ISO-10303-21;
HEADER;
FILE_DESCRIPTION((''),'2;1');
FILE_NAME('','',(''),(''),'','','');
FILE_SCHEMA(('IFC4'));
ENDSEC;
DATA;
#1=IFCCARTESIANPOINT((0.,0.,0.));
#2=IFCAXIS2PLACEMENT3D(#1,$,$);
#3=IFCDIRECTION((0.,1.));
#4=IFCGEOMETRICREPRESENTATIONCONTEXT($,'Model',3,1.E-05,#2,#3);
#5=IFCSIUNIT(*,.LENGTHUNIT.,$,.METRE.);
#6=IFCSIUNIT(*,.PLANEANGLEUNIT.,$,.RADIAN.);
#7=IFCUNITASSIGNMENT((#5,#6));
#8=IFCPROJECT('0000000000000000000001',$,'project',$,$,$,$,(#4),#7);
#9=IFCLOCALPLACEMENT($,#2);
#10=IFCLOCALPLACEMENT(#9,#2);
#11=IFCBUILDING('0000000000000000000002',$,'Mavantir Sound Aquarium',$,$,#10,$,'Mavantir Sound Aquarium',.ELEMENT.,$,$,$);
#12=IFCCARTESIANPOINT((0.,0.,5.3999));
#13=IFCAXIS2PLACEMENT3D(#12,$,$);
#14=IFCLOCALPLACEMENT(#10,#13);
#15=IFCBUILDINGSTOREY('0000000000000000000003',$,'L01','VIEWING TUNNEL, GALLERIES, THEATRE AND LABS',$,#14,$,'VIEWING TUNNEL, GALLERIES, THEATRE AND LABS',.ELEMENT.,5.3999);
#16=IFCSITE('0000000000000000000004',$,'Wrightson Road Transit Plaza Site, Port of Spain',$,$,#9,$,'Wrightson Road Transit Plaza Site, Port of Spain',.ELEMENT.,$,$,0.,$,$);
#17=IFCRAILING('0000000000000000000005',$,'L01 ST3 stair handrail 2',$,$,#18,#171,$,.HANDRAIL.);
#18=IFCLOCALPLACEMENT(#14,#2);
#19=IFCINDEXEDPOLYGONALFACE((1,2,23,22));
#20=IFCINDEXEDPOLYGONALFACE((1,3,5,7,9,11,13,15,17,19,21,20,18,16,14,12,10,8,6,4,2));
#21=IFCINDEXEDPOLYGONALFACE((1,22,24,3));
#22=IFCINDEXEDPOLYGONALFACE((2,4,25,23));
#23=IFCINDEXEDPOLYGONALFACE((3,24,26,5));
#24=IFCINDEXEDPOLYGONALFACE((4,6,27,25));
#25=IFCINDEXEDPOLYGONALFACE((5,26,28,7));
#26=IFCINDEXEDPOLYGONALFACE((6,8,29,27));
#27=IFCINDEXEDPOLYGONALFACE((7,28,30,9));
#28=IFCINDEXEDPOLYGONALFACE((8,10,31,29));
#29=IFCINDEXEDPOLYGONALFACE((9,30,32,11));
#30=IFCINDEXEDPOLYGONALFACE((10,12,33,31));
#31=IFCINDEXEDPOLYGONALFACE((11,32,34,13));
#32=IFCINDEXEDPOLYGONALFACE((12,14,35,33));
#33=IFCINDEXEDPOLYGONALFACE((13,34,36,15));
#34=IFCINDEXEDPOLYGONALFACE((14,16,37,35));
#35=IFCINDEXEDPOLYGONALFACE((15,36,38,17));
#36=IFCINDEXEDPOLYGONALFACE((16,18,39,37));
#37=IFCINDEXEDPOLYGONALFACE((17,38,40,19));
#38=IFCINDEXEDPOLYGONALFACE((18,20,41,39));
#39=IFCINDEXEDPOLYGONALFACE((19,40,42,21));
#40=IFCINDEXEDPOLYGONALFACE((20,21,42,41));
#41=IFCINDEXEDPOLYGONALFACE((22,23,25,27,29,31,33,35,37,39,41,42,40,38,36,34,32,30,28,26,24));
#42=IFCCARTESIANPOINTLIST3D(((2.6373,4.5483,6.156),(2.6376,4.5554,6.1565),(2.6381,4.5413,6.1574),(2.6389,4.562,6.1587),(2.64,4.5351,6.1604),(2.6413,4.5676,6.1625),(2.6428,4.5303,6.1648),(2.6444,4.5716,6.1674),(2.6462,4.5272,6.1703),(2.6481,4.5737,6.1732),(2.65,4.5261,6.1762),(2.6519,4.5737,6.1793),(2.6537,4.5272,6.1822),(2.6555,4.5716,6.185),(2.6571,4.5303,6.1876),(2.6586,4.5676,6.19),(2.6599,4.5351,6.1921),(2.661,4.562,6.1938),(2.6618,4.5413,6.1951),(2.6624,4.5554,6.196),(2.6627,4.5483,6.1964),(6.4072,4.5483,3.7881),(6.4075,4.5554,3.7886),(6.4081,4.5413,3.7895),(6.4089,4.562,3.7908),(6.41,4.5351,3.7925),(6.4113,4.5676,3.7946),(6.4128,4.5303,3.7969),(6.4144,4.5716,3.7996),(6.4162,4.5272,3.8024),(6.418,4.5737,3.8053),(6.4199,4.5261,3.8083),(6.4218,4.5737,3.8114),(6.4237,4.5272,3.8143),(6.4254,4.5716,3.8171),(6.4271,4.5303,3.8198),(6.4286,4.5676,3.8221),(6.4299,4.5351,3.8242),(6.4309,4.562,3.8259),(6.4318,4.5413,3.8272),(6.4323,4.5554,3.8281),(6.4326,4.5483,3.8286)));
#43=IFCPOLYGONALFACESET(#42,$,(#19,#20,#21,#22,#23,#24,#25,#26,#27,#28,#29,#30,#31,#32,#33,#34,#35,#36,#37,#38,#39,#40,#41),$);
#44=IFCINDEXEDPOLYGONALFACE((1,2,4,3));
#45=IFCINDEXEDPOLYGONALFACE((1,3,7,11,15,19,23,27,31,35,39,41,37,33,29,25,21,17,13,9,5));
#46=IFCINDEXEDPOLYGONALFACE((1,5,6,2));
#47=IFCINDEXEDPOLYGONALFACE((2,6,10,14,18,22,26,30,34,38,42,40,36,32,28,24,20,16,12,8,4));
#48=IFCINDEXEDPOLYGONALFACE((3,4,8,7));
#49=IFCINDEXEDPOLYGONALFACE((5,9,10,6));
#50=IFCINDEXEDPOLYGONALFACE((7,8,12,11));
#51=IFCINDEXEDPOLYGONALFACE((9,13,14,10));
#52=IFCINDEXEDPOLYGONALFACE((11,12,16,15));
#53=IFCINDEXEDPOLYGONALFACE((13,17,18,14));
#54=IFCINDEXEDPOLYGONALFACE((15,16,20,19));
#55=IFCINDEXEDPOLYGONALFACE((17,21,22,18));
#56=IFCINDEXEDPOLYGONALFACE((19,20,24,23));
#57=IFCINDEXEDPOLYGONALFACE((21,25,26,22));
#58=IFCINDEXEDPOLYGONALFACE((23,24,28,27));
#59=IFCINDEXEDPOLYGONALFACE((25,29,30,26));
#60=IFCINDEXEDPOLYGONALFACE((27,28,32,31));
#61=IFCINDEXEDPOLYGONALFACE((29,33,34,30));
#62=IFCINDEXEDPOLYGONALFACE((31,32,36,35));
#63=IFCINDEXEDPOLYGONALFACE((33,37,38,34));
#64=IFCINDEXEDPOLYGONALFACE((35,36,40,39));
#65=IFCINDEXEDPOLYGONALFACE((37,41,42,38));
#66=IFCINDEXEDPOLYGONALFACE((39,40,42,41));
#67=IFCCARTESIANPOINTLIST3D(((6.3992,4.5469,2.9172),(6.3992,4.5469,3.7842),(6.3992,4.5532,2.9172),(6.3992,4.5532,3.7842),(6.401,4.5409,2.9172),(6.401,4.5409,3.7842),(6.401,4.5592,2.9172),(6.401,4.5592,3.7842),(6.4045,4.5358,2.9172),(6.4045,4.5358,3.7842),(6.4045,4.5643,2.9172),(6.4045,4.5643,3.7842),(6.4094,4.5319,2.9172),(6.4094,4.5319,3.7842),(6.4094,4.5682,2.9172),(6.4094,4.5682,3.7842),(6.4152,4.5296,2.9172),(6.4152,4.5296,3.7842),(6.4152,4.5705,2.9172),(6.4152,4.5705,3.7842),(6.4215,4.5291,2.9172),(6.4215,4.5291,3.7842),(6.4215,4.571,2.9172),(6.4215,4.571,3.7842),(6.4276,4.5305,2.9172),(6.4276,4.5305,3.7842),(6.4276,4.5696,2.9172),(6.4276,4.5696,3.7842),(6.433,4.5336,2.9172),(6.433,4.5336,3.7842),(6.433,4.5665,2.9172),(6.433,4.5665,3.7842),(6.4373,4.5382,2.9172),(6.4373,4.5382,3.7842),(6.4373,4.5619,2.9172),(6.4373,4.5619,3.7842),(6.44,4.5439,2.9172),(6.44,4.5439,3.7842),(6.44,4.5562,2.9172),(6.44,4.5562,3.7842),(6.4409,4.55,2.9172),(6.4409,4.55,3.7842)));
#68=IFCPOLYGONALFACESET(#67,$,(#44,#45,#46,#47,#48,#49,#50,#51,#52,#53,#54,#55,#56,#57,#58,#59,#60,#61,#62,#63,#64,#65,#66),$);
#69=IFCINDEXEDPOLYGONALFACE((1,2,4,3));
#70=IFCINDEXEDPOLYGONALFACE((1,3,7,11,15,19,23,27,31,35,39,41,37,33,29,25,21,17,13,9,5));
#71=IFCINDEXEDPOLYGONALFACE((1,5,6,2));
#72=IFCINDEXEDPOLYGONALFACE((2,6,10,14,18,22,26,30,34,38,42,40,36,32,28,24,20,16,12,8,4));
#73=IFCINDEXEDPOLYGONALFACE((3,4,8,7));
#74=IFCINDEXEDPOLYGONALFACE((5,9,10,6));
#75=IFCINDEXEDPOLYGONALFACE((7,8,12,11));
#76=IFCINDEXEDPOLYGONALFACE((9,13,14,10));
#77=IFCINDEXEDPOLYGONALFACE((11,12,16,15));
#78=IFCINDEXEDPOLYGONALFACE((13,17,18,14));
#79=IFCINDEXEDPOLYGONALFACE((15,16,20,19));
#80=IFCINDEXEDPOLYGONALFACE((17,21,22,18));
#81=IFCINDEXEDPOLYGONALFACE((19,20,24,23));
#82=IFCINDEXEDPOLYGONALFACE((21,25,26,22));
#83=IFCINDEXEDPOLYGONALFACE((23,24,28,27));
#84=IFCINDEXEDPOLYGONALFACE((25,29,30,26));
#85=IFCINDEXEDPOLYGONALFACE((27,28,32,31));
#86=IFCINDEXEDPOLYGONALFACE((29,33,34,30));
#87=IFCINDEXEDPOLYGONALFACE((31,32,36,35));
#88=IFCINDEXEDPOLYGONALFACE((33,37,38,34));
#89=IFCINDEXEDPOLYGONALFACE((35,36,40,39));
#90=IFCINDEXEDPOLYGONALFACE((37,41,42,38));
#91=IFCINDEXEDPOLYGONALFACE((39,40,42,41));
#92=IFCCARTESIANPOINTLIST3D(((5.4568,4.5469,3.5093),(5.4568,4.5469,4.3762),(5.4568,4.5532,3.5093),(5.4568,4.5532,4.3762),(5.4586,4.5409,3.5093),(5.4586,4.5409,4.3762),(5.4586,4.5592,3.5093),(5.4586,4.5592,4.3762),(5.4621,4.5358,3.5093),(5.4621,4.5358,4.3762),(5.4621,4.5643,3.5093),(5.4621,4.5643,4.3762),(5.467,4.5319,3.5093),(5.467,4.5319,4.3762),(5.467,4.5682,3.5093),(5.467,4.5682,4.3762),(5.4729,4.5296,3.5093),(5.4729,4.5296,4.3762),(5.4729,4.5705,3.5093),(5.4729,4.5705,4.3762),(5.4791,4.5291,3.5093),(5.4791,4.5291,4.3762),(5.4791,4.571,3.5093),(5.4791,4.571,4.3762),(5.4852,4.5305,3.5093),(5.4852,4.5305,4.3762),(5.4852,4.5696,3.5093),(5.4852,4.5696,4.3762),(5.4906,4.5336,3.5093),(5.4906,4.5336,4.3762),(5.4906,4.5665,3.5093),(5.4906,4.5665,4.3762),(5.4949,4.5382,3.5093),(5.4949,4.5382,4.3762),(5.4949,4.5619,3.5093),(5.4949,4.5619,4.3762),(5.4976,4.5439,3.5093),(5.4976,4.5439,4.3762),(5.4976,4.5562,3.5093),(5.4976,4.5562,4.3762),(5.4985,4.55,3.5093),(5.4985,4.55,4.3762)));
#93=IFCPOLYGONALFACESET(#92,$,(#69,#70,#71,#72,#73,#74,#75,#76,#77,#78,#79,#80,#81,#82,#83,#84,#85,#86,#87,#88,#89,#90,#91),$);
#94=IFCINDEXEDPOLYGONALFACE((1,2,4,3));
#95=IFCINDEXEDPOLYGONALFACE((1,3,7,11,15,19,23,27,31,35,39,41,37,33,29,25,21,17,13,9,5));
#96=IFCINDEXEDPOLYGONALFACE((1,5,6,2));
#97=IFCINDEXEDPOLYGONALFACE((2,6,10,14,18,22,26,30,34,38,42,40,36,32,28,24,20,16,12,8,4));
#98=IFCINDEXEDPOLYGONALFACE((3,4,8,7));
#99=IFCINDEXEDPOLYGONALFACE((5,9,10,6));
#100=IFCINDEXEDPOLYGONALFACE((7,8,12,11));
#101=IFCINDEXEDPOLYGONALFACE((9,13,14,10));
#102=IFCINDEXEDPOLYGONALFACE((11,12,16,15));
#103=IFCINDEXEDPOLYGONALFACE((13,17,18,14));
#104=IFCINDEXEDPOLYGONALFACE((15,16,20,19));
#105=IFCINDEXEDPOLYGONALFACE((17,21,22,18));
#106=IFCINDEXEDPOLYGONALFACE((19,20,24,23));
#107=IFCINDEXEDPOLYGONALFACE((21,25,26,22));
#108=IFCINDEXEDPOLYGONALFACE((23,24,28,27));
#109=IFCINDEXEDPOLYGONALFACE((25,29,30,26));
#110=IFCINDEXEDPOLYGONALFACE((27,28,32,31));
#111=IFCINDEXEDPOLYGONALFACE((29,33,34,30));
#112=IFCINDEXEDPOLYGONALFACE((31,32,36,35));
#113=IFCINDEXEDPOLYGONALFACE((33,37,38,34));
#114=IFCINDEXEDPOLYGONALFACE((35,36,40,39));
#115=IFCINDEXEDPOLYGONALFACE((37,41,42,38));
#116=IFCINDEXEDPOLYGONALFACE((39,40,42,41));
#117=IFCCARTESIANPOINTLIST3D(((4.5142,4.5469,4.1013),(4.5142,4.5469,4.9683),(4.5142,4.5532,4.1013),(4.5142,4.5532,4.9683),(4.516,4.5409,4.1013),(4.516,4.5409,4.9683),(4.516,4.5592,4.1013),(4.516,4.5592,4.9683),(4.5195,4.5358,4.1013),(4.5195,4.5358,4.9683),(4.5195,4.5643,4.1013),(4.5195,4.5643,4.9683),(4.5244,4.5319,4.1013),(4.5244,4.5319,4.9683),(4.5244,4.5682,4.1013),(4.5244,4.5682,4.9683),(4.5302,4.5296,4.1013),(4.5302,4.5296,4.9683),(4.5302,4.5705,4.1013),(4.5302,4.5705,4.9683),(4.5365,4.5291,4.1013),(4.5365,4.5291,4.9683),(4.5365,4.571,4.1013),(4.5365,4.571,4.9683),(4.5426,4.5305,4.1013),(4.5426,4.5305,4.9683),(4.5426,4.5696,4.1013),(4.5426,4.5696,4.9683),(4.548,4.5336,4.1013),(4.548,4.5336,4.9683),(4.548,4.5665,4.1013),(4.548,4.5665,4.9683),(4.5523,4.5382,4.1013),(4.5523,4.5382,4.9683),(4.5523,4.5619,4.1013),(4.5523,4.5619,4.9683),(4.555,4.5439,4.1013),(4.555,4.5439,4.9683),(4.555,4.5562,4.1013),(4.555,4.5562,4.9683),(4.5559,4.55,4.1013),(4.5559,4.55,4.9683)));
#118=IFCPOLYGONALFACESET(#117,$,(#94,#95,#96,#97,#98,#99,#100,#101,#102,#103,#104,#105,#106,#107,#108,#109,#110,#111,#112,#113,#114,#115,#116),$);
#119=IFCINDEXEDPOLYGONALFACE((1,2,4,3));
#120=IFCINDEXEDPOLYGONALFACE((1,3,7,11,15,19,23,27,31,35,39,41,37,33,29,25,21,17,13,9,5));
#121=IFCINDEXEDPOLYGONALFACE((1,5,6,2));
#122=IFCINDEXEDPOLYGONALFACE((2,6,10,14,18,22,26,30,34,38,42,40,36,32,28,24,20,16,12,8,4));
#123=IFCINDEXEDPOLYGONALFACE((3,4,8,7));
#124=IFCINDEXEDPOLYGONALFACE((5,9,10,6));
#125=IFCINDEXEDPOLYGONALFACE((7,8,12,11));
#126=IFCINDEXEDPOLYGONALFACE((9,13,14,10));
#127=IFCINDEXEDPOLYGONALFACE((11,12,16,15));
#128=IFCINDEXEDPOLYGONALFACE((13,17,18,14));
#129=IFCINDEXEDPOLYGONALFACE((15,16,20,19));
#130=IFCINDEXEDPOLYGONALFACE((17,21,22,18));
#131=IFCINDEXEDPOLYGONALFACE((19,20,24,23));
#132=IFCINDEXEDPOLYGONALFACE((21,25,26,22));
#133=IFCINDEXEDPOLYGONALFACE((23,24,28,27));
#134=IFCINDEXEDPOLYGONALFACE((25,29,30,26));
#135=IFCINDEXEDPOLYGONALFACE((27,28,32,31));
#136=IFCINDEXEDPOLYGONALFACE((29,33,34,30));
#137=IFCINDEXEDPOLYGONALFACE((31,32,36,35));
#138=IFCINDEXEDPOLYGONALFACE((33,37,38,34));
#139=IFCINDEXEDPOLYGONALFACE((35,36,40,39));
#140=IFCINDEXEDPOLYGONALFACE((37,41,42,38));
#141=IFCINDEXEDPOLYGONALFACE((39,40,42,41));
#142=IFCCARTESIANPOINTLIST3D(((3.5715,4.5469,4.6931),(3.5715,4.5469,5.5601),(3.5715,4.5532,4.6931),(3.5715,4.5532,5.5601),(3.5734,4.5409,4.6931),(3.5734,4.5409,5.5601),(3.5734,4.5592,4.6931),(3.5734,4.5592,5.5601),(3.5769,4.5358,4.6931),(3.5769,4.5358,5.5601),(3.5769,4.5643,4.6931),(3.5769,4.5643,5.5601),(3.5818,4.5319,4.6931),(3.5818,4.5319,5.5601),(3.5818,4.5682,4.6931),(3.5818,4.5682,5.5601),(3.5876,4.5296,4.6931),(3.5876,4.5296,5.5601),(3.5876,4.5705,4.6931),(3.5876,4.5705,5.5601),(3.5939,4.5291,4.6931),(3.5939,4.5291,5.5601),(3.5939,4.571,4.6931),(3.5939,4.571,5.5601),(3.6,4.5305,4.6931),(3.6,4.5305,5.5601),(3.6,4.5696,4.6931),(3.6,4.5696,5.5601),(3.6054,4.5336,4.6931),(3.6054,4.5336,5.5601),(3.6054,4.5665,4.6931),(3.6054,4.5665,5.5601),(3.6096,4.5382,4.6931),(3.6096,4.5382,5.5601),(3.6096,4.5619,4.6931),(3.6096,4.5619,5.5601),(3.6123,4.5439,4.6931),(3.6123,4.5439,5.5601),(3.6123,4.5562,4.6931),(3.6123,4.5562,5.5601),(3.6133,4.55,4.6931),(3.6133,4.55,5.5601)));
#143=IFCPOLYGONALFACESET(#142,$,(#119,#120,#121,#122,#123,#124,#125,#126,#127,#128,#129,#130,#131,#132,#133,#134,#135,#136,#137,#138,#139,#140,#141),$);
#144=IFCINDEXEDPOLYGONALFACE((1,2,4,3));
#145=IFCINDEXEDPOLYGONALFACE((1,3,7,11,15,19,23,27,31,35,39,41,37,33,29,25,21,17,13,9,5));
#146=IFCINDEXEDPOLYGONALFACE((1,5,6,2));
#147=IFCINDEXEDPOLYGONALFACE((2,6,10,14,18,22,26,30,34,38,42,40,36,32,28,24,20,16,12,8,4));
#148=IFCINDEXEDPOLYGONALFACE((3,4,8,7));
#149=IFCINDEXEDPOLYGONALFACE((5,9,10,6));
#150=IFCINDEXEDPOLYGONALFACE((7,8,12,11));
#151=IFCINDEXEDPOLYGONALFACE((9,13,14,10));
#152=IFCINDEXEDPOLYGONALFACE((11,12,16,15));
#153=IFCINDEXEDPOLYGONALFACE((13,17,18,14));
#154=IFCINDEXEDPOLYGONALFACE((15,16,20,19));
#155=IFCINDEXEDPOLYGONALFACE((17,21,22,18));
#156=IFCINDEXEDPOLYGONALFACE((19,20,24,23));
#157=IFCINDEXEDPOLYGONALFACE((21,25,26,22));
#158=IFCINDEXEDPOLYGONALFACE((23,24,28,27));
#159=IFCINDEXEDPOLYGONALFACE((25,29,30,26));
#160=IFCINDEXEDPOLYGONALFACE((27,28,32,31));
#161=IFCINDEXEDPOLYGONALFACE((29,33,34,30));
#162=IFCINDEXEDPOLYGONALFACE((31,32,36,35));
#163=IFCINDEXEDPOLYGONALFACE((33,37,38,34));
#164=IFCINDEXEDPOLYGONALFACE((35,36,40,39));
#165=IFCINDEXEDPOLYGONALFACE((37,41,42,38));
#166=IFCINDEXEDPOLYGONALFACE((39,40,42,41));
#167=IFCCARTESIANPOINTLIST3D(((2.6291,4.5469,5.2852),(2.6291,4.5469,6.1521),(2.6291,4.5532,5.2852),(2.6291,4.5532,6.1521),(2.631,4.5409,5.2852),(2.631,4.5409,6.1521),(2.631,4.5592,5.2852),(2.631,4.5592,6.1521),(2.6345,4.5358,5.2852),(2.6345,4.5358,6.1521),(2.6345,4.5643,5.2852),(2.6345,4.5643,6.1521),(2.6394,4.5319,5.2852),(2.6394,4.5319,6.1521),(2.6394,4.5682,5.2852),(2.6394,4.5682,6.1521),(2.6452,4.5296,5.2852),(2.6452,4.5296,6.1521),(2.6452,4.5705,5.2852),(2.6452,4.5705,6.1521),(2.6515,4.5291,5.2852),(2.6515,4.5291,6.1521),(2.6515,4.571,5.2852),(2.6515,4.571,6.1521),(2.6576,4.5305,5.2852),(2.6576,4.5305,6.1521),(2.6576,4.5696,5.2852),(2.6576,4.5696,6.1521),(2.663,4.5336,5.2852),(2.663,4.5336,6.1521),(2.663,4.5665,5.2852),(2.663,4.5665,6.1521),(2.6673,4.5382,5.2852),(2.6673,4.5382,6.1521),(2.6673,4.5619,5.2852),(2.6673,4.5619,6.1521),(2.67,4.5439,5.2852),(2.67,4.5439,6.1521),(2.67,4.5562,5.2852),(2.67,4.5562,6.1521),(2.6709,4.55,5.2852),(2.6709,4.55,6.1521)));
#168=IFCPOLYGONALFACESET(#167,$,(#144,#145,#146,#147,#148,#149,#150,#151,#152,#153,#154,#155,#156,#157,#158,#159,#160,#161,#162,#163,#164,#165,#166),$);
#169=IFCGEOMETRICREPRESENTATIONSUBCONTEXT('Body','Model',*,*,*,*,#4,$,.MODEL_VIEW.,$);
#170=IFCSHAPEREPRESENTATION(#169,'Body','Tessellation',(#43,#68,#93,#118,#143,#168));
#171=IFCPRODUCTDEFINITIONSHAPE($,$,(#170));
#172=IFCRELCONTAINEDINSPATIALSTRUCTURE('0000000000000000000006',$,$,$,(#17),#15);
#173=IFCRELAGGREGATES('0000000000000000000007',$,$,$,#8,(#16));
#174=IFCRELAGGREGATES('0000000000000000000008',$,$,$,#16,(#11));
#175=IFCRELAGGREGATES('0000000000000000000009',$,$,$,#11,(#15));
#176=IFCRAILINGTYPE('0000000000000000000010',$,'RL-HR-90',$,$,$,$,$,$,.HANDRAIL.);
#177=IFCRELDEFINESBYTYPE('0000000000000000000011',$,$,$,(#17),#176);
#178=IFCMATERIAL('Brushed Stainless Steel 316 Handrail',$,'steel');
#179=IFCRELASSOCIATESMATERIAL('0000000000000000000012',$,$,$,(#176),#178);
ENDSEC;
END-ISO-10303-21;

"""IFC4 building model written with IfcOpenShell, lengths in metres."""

from ifc_helpers import new_model, si_unit, direction, frame, origin, origin_2d, place, context, subcontext, project, spatial, circle, extrude, material, type_object, element, save


model = new_model("IFC4")

# Units and contexts
model_context = context("Model", 3, precision=1e-05, world=origin(), true_north=direction((0.0, 1.0)))
body_context = subcontext(model_context, "Body", "Model", "MODEL_VIEW")
ifc_project = project(units=[si_unit("LENGTHUNIT", "METRE"), si_unit("PLANEANGLEUNIT", "RADIAN")], contexts=[model_context])

# Site, building, storey
site_placement = place(None, origin())
site = spatial("IfcSite", under=ifc_project, at=site_placement, Name="Wrightson Road Transit Plaza Site, Port of Spain", LongName="Wrightson Road Transit Plaza Site, Port of Spain", CompositionType="ELEMENT", RefElevation=0.0)
building_placement = place(site_placement, origin())
building = spatial("IfcBuilding", under=site, at=building_placement, Name="Mavantir Sound Aquarium", LongName="Mavantir Sound Aquarium", CompositionType="ELEMENT")
storey_placement = place(building_placement, frame((0.0, 0.0, 5.3999)))
storey = spatial("IfcBuildingStorey", under=building, at=storey_placement, Name="L01", Description="VIEWING TUNNEL, GALLERIES, THEATRE AND LABS", LongName="VIEWING TUNNEL, GALLERIES, THEATRE AND LABS", CompositionType="ELEMENT", Elevation=5.3999)

# Railing
ifc_material_1 = material(Name="Brushed Stainless Steel 316 Handrail", Category="steel")
railing_type_1 = type_object("IfcRailingType", Name="RL-HR-90", PredefinedType="HANDRAIL", material=ifc_material_1)
railing_1_placement = place(storey_placement, frame((6.4199, 4.55, 2.9172)))
element("IfcRailing", 1, at=railing_1_placement, inside=storey, type_object=railing_type_1, Name="L01 ST3 stair handrail 2", PredefinedType="HANDRAIL", context=body_context, shape_type="SweptSolid", body=[
    extrude(circle(Radius=0.0239, at=origin_2d()), frame((0.0, 0.0, 0.8911), z_axis=(-0.846819, 0.0, 0.531881), x_axis=(0.0, -1.0, 0.0)), (0.0, 0.0, 1.0), 4.4519),
    extrude(circle(Radius=0.021, at=origin_2d()), origin(), (0.0, 0.0, 1.0), 0.8669),
    extrude(circle(Radius=0.021, at=origin_2d()), frame((-0.9424, 0.0, 0.592)), (0.0, 0.0, 1.0), 0.8669),
    extrude(circle(Radius=0.021, at=origin_2d()), frame((-1.885, 0.0, 1.1841)), (0.0, 0.0, 1.0), 0.8669),
    extrude(circle(Radius=0.021, at=origin_2d()), frame((-2.8276, 0.0, 1.7759)), (0.0, 0.0, 1.0), 0.8669),
    extrude(circle(Radius=0.021, at=origin_2d()), frame((-3.77, 0.0, 2.3679)), (0.0, 0.0, 1.0), 0.8669),
])

save(model, "model.ifc")
